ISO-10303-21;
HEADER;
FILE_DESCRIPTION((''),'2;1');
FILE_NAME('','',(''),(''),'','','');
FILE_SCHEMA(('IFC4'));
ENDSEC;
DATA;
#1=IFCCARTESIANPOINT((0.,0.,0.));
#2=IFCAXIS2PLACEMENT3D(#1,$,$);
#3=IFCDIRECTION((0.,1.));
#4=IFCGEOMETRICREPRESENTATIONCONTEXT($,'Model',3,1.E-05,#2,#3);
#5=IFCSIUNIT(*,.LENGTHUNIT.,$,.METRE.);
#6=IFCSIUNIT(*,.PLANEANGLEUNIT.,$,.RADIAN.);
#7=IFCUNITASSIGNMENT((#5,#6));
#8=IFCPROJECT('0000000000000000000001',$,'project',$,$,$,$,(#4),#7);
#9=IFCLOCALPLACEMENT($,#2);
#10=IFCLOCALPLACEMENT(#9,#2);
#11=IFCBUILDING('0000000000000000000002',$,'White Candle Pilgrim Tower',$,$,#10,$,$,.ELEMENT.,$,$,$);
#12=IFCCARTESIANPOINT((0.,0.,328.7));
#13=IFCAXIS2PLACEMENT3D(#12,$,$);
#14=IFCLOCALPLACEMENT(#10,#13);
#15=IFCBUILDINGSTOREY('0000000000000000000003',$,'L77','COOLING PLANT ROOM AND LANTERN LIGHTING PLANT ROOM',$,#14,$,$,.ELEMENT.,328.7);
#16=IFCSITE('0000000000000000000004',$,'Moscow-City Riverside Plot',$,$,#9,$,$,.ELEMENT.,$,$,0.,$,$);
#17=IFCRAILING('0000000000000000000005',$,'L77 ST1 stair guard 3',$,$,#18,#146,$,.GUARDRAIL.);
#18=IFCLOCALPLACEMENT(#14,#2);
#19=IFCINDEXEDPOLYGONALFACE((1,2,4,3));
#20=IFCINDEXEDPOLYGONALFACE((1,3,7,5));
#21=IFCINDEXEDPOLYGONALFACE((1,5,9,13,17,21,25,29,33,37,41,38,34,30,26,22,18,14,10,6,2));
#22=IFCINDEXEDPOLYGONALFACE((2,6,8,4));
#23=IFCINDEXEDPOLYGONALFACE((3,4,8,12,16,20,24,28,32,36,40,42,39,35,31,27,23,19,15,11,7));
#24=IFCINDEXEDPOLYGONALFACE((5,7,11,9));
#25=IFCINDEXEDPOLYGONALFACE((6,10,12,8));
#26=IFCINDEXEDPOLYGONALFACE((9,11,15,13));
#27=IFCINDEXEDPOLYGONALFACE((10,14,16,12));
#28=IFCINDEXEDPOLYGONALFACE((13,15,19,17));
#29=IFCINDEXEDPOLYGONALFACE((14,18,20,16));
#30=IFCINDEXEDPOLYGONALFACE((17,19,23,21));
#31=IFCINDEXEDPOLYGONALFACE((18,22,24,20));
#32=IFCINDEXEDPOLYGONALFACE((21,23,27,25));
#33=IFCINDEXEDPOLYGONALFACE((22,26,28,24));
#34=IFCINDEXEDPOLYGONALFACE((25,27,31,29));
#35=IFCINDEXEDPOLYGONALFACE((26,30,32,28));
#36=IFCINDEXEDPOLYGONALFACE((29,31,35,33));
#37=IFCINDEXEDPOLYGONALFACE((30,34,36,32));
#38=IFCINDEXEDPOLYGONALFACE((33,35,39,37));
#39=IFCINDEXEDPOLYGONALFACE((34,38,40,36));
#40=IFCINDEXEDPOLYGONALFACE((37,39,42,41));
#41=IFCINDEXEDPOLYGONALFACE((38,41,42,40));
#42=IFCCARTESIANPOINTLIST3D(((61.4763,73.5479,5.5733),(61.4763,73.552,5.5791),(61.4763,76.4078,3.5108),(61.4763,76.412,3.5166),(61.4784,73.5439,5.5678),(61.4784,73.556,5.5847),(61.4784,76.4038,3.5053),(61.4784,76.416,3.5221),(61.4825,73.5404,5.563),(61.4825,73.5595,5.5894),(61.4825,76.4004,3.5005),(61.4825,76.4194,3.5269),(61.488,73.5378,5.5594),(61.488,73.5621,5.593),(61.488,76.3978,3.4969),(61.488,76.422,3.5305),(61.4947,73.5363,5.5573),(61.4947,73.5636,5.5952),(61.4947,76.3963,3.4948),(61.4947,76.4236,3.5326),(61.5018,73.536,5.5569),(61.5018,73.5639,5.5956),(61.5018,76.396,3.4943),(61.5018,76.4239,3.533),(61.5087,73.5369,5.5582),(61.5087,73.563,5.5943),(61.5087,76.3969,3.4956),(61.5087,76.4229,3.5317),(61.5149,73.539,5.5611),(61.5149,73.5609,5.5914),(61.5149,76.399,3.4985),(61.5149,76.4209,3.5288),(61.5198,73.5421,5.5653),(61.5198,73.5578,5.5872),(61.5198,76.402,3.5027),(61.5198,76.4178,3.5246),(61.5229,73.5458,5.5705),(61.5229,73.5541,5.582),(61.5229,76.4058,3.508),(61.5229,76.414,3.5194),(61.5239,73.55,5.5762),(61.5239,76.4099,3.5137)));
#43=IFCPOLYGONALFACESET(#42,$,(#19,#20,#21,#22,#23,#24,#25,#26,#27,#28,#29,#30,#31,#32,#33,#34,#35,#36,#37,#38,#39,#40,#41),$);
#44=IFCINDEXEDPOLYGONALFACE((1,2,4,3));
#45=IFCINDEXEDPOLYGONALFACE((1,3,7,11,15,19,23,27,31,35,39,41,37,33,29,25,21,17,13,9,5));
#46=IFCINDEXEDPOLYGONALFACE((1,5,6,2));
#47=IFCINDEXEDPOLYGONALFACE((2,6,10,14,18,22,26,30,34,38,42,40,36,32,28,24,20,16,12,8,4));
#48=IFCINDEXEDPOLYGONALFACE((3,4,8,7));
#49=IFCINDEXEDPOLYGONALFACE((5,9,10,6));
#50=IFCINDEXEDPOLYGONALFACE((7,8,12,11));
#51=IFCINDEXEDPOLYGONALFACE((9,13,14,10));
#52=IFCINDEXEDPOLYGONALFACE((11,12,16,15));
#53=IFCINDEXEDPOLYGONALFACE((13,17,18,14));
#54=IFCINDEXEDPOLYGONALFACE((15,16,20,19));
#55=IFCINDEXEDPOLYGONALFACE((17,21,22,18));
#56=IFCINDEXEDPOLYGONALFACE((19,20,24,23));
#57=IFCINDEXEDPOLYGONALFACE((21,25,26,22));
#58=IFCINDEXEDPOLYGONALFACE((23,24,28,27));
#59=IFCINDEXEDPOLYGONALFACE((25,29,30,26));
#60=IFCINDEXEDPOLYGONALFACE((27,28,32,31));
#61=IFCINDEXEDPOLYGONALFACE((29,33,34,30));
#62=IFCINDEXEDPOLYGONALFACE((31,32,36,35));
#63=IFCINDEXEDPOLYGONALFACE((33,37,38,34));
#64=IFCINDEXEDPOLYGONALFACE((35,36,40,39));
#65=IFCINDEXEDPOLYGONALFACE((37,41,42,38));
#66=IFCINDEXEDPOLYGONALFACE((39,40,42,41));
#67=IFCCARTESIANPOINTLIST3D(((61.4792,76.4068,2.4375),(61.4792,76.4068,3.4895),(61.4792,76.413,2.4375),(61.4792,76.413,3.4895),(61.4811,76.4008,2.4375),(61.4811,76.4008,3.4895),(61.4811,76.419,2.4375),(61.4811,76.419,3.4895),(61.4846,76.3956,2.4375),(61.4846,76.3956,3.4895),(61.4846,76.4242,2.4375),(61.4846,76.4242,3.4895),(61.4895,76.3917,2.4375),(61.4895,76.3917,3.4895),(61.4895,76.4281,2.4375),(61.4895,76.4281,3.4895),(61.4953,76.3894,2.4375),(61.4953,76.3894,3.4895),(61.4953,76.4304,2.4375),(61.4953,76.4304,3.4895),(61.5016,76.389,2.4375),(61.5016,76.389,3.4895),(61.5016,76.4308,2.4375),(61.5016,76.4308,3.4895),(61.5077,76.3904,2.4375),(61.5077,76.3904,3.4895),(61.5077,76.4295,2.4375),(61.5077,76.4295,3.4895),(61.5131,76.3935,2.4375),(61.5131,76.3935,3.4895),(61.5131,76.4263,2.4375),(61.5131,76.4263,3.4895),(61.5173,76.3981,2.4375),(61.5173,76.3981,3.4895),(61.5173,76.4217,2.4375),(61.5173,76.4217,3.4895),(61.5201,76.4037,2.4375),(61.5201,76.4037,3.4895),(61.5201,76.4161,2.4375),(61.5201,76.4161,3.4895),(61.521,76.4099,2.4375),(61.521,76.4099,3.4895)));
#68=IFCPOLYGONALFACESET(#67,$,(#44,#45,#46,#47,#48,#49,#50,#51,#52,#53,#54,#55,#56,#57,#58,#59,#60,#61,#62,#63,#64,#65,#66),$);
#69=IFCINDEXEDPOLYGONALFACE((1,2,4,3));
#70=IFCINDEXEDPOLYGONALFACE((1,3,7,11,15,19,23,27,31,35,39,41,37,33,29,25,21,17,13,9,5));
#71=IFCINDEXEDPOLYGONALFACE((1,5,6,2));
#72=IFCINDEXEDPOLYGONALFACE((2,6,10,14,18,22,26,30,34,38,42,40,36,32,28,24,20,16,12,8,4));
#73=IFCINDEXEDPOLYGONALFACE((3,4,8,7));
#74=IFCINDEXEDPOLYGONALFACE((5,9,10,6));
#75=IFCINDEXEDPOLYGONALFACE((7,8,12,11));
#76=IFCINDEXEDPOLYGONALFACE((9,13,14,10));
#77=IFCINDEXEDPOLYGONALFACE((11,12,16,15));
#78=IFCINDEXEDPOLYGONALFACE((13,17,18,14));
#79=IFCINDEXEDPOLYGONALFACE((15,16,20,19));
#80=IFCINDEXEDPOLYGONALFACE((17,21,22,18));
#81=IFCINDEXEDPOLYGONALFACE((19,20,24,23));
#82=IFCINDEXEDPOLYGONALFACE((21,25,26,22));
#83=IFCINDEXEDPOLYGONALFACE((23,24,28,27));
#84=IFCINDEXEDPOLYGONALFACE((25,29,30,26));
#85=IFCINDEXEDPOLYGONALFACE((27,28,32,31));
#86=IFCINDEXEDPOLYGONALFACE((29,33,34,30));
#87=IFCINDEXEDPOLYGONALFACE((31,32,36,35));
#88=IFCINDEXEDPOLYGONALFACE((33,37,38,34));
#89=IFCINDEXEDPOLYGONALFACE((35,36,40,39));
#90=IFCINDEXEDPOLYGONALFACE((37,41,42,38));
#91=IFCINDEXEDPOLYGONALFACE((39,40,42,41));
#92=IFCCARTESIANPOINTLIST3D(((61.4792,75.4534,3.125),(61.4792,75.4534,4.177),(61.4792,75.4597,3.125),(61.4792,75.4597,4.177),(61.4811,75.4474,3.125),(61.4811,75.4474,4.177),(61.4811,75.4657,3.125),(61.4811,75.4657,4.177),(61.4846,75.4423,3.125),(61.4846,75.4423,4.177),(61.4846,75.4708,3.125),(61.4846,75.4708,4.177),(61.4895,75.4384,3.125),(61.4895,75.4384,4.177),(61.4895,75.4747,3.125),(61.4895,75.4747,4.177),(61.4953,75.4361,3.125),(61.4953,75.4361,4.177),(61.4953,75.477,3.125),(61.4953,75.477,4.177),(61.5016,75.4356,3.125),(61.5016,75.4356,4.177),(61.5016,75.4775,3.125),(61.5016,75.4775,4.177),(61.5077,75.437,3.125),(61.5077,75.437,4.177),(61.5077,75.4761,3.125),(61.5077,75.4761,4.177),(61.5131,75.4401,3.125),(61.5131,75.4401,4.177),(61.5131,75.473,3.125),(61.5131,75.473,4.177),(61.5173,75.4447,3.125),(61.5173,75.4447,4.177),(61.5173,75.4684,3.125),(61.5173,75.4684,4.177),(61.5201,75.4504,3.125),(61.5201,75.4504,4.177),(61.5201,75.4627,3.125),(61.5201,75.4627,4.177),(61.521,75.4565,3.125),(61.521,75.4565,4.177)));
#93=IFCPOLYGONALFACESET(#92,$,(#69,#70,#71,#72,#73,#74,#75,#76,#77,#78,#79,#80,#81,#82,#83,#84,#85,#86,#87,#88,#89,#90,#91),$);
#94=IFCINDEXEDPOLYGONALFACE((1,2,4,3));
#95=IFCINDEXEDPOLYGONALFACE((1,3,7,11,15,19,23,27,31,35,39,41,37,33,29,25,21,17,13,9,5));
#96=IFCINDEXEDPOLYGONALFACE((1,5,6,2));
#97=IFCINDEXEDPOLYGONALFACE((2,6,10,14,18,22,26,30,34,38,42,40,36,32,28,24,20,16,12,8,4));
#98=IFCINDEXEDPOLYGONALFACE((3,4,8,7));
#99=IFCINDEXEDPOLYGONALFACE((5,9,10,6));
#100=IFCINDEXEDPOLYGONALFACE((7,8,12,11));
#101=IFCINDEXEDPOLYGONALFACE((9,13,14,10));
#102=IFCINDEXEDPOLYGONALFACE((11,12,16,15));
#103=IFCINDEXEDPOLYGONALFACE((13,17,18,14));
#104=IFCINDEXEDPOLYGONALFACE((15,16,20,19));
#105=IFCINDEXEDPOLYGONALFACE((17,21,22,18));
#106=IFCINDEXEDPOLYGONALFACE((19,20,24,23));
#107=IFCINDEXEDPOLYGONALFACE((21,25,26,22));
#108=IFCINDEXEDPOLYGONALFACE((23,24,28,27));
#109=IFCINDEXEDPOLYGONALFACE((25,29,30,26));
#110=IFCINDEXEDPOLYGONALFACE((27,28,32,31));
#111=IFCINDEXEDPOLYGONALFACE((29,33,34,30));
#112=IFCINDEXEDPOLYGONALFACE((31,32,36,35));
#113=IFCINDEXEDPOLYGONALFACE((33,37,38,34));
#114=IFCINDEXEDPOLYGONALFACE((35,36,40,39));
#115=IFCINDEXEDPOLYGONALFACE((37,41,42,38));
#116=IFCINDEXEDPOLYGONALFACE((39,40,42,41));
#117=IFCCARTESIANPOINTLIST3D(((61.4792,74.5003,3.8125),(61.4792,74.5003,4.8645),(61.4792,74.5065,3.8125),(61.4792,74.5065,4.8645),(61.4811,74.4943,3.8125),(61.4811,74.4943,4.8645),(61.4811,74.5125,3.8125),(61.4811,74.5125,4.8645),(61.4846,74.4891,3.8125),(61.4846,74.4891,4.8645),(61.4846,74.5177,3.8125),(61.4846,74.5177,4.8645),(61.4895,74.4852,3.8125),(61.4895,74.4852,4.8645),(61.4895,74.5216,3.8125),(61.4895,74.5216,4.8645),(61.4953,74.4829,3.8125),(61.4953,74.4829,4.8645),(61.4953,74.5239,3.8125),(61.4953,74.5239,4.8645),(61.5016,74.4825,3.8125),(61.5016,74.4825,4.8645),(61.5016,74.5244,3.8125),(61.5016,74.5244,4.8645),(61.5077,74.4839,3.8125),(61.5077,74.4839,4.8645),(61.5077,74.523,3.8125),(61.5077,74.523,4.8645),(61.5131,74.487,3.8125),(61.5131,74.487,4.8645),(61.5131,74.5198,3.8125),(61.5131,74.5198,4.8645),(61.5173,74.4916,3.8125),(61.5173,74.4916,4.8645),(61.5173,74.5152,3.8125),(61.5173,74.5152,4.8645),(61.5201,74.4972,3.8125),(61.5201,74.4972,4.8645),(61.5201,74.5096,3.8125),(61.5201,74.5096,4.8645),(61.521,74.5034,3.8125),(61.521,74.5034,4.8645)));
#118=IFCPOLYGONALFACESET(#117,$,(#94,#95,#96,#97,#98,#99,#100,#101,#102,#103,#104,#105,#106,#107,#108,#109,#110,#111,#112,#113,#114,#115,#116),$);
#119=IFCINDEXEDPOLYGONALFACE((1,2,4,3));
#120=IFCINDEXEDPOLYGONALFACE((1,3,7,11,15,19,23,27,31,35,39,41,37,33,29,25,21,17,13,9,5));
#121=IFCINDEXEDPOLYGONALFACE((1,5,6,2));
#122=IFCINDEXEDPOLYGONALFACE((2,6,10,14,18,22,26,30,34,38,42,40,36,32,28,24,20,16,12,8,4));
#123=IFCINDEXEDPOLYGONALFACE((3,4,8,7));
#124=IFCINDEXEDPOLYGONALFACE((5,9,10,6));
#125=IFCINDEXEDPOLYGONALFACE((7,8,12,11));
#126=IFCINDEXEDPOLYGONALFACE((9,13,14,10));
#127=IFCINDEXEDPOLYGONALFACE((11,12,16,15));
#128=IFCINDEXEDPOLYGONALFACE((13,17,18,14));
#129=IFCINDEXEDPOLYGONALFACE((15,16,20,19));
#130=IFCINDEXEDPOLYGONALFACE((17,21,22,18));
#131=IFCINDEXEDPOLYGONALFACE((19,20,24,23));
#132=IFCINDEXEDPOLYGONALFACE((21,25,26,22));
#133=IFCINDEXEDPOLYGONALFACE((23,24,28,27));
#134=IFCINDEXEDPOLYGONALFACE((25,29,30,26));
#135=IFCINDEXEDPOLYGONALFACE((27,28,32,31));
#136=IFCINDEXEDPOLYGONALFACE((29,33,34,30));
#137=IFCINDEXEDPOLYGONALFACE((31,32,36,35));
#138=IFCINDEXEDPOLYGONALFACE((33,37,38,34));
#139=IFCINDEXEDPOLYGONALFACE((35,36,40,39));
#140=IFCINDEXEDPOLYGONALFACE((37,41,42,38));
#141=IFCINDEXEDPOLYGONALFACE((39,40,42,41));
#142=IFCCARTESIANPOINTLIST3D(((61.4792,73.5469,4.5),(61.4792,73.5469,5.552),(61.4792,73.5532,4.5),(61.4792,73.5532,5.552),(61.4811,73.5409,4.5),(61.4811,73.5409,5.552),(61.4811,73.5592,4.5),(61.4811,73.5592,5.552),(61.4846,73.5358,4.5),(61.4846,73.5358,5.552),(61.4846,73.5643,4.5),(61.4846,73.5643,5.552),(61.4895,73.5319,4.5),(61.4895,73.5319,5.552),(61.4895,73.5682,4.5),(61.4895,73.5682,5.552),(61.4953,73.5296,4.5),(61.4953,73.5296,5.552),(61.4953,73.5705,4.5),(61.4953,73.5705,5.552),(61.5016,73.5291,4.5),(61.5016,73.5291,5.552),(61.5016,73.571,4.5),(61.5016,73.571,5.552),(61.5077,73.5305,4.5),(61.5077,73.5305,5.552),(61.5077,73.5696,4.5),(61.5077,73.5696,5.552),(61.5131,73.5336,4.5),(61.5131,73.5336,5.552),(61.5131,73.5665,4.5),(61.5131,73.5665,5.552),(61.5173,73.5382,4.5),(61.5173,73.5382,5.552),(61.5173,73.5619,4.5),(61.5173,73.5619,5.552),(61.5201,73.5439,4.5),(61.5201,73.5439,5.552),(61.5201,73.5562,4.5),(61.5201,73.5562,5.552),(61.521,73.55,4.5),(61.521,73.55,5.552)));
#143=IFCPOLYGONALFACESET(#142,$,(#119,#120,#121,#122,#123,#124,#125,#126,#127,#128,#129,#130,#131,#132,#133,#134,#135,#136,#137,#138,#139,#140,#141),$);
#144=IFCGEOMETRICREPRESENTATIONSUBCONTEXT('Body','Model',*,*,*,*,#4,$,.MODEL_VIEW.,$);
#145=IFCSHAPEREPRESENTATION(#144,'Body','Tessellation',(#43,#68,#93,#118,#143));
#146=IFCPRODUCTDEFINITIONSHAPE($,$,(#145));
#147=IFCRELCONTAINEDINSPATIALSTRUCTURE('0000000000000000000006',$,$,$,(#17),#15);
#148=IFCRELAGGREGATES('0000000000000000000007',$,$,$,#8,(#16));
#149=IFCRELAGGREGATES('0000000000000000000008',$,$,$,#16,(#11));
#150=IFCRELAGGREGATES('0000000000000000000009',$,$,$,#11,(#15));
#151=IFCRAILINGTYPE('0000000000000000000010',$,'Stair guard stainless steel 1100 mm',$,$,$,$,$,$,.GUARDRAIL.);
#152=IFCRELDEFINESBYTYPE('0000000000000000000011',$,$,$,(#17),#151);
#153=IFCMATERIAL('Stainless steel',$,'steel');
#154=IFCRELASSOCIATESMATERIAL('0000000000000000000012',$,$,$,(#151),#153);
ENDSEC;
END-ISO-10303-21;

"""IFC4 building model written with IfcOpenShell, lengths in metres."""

from ifc_helpers import new_model, si_unit, direction, frame, origin, origin_2d, place, context, subcontext, project, spatial, circle, extrude, material, type_object, element, save


model = new_model("IFC4")

# Units and contexts
model_context = context("Model", 3, precision=1e-05, world=origin(), true_north=direction((0.0, 1.0)))
body_context = subcontext(model_context, "Body", "Model", "MODEL_VIEW")
ifc_project = project(units=[si_unit("LENGTHUNIT", "METRE"), si_unit("PLANEANGLEUNIT", "RADIAN")], contexts=[model_context])

# Site, building, storey
site_placement = place(None, origin())
site = spatial("IfcSite", under=ifc_project, at=site_placement, Name="Moscow-City Riverside Plot", CompositionType="ELEMENT", RefElevation=0.0)
building_placement = place(site_placement, origin())
building = spatial("IfcBuilding", under=site, at=building_placement, Name="White Candle Pilgrim Tower", CompositionType="ELEMENT")
storey_placement = place(building_placement, frame((0.0, 0.0, 328.7)))
storey = spatial("IfcBuildingStorey", under=building, at=storey_placement, Name="L77", Description="COOLING PLANT ROOM AND LANTERN LIGHTING PLANT ROOM", CompositionType="ELEMENT", Elevation=328.7)

# Railing
ifc_material_1 = material(Name="Stainless steel", Category="steel")
railing_type_1 = type_object("IfcRailingType", Name="Stair guard stainless steel 1100 mm", PredefinedType="GUARDRAIL", material=ifc_material_1)
railing_1_placement = place(storey_placement, frame((61.5, 76.4099, 2.4375)))
element("IfcRailing", 1, at=railing_1_placement, inside=storey, type_object=railing_type_1, Name="L77 ST1 stair guard 3", PredefinedType="GUARDRAIL", context=body_context, shape_type="SweptSolid", body=[
    extrude(circle(Radius=0.0239, at=origin_2d()), frame((0.0, 0.0, 1.0762), z_axis=(0.0, -0.811077, 0.584939), x_axis=(1.0, 0.0, 0.0)), (0.0, 0.0, 1.0), 3.5261),
    extrude(circle(Radius=0.021, at=origin_2d()), origin(), (0.0, 0.0, 1.0), 1.052),
    extrude(circle(Radius=0.021, at=origin_2d()), frame((0.0, -0.9534, 0.6875)), (0.0, 0.0, 1.0), 1.052),
    extrude(circle(Radius=0.021, at=origin_2d()), frame((0.0, -1.9065, 1.375)), (0.0, 0.0, 1.0), 1.052),
    extrude(circle(Radius=0.021, at=origin_2d()), frame((0.0, -2.8599, 2.0625)), (0.0, 0.0, 1.0), 1.052),
])

save(model, "model.ifc")
